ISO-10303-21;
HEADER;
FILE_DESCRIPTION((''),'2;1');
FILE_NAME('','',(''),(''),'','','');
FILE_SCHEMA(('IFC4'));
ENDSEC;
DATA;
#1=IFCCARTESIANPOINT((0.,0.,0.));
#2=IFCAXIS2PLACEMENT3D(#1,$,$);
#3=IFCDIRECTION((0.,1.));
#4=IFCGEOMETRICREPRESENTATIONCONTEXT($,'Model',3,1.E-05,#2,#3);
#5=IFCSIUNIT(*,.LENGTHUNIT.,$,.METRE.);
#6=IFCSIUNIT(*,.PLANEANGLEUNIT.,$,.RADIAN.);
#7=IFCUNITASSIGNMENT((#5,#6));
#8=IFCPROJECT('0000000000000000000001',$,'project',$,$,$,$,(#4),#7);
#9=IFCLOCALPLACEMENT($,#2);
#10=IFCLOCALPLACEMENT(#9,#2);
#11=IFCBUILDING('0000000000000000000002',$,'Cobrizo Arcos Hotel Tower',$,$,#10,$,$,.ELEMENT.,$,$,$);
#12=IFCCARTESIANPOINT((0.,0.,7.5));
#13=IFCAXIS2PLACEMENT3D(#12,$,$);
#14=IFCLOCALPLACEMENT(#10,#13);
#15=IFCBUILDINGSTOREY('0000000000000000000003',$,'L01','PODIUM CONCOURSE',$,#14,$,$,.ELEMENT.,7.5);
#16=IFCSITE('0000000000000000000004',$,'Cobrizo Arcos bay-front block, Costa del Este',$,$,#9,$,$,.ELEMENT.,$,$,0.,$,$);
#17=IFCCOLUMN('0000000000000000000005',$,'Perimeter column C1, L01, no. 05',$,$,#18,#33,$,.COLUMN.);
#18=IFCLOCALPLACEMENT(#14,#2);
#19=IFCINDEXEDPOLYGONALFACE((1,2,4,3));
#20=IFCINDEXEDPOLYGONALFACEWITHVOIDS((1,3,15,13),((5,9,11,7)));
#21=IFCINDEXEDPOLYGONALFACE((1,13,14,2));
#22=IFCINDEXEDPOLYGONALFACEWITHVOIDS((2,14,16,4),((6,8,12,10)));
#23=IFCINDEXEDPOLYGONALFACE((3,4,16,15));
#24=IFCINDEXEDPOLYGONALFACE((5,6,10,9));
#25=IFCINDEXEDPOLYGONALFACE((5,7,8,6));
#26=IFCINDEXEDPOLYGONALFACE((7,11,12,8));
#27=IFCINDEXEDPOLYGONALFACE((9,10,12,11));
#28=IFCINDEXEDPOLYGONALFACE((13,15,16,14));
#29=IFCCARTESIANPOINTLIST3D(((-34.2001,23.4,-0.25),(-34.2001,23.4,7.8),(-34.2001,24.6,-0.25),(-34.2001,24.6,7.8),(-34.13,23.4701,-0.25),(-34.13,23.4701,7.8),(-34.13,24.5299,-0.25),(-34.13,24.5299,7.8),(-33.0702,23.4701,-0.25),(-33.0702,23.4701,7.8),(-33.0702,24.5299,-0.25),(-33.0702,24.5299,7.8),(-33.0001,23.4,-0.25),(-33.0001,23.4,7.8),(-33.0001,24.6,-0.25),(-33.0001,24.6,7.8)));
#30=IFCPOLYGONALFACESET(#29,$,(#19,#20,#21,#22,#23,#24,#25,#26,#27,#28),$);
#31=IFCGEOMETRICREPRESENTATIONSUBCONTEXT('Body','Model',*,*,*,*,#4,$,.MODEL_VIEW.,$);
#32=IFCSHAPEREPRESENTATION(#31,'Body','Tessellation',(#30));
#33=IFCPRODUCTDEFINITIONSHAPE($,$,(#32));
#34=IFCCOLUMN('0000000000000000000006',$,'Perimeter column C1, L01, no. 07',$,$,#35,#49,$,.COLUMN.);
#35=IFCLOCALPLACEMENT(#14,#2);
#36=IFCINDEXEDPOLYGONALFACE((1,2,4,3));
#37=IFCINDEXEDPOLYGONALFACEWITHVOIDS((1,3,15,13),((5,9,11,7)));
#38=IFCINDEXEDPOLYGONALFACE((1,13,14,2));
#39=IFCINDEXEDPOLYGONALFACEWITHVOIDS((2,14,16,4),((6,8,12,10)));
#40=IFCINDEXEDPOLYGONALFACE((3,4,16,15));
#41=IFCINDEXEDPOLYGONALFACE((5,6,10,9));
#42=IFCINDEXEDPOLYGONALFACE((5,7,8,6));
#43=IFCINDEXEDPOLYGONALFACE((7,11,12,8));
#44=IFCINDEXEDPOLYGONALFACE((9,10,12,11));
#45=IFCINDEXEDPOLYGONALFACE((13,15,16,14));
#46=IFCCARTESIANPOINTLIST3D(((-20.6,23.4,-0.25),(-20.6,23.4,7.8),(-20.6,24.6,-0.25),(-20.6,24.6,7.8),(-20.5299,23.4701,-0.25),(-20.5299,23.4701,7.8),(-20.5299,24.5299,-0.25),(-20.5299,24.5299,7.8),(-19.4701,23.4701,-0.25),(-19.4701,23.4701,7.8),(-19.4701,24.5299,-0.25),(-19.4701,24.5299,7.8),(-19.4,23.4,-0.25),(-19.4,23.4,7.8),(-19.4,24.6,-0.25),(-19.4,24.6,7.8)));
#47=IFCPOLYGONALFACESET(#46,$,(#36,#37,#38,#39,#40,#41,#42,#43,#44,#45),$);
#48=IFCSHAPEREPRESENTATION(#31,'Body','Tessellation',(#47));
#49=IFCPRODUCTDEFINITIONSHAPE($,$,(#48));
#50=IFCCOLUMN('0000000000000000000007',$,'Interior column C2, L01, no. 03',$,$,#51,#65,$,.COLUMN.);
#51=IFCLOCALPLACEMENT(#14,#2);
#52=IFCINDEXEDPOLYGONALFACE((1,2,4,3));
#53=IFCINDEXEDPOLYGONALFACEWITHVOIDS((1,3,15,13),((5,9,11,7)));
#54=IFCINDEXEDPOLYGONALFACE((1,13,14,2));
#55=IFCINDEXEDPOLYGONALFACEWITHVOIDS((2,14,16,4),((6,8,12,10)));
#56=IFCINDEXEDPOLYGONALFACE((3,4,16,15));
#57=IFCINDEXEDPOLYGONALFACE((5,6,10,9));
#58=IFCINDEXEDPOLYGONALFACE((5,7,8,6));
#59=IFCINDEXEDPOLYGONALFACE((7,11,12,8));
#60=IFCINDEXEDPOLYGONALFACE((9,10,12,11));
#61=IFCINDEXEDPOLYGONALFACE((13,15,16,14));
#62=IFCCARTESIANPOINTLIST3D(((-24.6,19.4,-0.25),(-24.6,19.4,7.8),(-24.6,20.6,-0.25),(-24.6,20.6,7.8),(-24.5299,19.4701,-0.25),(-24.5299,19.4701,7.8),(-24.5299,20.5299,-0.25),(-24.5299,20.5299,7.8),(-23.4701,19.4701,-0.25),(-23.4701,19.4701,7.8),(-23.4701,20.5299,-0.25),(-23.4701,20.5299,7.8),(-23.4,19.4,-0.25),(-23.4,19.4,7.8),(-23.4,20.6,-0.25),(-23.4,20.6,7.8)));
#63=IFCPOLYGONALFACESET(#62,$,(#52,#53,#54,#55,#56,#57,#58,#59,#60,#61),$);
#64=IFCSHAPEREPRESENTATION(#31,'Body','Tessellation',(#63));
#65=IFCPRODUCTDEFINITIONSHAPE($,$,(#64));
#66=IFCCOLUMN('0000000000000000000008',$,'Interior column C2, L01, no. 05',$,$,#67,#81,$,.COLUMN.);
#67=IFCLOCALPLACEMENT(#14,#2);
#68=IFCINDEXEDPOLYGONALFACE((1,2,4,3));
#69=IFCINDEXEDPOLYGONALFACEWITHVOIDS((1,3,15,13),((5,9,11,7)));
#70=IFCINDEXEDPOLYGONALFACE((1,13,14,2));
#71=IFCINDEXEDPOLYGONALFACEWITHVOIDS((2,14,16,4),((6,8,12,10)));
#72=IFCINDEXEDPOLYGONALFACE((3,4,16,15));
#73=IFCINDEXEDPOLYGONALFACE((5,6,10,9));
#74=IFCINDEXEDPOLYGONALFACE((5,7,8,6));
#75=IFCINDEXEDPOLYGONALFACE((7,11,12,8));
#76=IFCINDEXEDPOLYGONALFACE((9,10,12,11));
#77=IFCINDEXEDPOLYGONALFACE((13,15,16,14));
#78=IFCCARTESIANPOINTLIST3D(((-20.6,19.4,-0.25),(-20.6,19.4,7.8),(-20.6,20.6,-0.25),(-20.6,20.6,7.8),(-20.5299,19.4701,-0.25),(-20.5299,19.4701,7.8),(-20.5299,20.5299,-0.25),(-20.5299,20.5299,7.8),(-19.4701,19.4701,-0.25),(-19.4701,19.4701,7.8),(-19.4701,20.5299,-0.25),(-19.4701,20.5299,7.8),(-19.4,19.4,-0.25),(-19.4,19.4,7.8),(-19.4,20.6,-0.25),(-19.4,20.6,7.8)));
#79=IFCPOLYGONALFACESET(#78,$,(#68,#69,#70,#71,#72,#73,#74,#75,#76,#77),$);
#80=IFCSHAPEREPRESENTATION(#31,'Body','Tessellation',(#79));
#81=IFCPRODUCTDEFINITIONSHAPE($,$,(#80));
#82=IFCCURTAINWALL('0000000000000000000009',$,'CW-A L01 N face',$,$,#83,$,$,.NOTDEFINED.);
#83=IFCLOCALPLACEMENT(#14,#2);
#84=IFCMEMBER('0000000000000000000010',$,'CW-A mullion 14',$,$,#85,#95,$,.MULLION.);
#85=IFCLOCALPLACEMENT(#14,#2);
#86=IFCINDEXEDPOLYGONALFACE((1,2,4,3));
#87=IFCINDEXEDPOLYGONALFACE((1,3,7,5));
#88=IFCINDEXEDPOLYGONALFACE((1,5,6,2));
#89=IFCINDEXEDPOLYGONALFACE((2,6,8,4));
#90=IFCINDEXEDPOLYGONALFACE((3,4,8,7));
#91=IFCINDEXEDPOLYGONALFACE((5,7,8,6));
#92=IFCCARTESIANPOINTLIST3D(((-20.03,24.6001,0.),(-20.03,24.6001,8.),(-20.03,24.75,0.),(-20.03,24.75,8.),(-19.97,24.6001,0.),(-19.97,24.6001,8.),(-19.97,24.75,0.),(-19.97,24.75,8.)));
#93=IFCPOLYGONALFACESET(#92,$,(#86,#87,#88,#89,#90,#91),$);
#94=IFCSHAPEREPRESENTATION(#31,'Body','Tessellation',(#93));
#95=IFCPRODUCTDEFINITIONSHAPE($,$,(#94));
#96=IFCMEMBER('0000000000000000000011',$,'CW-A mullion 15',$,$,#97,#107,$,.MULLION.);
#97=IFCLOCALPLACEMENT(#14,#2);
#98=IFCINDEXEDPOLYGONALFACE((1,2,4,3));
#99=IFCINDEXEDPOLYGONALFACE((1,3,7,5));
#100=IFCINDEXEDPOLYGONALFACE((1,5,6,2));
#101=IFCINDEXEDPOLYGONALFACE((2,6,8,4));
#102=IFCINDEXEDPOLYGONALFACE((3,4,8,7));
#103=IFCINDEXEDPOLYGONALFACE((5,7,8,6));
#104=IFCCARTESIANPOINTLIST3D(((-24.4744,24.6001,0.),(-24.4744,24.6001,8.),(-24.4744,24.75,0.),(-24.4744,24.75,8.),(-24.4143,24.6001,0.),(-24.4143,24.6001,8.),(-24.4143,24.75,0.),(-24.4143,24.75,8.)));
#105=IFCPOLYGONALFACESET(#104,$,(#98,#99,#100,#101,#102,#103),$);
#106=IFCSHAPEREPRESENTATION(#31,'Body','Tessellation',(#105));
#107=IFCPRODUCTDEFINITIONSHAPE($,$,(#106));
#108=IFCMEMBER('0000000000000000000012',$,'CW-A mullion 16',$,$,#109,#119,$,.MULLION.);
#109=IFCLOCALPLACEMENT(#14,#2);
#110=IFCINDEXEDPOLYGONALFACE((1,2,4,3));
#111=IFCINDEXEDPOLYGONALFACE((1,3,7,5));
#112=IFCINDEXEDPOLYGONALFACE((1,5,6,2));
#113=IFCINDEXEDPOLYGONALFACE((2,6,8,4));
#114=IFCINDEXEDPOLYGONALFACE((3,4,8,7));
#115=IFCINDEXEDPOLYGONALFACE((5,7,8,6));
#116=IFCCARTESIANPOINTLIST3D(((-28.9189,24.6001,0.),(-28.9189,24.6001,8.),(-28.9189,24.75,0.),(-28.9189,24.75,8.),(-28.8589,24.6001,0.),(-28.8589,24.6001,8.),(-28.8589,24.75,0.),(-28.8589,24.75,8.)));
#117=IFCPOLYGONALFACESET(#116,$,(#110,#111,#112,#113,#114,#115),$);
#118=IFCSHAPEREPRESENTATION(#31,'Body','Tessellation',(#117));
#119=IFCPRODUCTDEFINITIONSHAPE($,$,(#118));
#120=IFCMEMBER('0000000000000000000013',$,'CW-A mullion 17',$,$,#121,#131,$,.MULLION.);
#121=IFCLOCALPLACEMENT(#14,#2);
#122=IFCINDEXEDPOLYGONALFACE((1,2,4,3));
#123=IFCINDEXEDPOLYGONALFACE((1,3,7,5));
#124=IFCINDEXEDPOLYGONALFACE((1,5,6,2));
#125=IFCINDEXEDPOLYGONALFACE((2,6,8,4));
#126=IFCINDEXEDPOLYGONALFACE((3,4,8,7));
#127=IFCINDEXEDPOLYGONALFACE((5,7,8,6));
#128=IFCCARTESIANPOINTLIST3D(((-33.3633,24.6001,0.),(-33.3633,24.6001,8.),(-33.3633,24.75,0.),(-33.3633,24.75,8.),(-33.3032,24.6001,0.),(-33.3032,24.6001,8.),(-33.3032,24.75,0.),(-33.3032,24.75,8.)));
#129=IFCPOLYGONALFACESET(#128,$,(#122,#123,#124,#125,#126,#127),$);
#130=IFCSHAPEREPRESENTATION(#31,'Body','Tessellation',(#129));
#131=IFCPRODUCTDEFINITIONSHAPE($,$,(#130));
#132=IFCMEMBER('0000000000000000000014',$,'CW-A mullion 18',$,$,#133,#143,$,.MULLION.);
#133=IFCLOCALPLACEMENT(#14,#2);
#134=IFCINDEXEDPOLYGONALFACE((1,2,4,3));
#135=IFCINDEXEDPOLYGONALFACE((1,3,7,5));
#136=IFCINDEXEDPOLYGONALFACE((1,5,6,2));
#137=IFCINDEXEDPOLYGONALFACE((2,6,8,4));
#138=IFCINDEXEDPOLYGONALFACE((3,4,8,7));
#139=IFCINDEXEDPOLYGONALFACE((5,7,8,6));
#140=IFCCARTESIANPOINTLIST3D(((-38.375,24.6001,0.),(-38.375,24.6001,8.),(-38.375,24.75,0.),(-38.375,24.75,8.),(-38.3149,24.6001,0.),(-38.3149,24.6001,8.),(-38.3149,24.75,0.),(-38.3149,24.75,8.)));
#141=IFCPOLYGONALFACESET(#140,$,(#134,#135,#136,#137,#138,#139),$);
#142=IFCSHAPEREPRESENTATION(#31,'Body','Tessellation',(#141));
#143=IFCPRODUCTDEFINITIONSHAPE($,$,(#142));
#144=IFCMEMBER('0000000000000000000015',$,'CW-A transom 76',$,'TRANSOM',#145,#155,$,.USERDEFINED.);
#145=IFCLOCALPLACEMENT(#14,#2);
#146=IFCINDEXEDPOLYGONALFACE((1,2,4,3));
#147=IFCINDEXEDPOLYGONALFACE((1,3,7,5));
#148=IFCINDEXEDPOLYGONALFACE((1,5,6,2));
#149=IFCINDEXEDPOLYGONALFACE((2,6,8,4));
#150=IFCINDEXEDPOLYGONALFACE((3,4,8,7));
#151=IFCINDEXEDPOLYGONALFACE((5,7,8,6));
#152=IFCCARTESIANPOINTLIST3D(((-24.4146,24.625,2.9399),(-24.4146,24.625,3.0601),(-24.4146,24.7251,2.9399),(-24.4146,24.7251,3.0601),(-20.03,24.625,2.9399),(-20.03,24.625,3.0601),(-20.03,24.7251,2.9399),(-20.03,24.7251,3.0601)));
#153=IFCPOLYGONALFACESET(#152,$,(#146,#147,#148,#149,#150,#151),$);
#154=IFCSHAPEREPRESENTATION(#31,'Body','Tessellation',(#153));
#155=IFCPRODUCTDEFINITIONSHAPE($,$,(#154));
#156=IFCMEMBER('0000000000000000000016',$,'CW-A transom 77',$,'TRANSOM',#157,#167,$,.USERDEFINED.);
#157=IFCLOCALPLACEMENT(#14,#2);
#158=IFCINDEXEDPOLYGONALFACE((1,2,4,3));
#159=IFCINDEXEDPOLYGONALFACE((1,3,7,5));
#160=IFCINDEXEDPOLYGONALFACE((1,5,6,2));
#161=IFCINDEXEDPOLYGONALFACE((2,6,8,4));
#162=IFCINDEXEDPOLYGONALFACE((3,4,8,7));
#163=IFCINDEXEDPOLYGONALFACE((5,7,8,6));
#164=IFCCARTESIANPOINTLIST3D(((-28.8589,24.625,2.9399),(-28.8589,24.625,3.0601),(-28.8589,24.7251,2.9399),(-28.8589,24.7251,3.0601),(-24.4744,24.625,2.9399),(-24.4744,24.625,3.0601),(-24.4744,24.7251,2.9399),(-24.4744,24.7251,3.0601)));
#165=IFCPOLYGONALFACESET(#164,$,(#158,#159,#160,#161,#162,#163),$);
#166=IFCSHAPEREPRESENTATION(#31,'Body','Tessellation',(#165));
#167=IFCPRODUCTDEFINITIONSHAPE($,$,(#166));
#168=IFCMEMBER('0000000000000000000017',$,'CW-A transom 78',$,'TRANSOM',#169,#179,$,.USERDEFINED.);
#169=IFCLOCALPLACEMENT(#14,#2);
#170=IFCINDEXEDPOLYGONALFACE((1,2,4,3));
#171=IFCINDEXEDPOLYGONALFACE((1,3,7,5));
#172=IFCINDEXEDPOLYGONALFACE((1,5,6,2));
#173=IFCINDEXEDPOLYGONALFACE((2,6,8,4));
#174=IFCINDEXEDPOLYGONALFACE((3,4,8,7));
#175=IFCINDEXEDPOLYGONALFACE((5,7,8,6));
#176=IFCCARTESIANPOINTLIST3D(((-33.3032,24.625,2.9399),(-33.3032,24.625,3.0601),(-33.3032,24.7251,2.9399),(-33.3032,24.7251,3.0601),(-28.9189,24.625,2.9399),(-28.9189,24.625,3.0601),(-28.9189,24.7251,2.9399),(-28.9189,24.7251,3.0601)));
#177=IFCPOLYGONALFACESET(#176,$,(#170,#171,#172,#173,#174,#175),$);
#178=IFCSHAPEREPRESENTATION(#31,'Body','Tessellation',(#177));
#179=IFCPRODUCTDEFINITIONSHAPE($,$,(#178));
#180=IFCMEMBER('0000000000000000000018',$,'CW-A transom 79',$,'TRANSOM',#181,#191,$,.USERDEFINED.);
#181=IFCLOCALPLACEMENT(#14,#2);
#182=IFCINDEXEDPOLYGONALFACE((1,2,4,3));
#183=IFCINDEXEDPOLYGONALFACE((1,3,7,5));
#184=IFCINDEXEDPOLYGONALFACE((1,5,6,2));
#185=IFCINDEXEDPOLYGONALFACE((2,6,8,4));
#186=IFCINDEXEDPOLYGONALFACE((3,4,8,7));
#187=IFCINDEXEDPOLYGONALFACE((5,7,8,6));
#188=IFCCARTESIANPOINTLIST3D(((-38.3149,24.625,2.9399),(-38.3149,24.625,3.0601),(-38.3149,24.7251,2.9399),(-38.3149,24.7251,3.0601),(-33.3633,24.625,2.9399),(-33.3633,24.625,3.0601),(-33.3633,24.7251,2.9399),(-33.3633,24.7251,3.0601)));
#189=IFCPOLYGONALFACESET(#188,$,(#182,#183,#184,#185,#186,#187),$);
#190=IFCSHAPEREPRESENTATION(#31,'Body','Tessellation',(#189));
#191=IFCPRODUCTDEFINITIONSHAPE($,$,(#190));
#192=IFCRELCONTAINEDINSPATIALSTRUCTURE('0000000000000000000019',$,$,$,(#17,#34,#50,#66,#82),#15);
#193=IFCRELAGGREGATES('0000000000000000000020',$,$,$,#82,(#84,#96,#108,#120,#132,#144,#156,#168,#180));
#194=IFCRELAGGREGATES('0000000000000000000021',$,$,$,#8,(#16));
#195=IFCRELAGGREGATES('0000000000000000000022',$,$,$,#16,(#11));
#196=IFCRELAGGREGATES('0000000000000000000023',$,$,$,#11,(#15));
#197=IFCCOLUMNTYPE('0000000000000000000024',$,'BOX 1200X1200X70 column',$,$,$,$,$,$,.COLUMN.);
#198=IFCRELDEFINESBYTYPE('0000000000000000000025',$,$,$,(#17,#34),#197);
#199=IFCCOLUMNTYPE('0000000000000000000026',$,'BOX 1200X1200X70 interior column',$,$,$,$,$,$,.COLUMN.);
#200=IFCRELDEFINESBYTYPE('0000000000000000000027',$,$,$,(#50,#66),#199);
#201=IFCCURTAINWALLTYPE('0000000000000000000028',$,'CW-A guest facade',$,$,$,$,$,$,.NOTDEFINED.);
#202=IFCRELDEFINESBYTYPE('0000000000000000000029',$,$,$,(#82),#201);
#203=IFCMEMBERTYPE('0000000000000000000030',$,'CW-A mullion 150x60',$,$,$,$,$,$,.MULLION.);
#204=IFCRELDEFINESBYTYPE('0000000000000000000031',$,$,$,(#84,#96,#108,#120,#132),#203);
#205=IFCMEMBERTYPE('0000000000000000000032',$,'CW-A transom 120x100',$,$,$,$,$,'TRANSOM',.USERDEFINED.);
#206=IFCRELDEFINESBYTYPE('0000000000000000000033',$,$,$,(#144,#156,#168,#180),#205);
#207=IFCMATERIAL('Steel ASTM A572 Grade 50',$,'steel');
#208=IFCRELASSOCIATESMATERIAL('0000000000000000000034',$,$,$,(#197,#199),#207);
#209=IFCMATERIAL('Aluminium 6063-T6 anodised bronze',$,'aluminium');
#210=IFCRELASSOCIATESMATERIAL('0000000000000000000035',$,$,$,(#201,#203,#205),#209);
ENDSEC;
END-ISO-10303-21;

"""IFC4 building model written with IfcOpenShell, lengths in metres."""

from ifc_helpers import new_model, si_unit, direction, frame, origin, origin_2d, place, context, subcontext, project, spatial, rectangle, hollow_rectangle, extrude, material, material_profile, profile_set, type_object, element, aggregate, save


model = new_model("IFC4")

# Units and contexts
model_context = context("Model", 3, precision=1e-05, world=origin(), true_north=direction((0.0, 1.0)))
body_context = subcontext(model_context, "Body", "Model", "MODEL_VIEW")
ifc_project = project(units=[si_unit("LENGTHUNIT", "METRE"), si_unit("PLANEANGLEUNIT", "RADIAN")], contexts=[model_context])

# Site, building, storey
site_placement = place(None, origin())
site = spatial("IfcSite", under=ifc_project, at=site_placement, Name="Cobrizo Arcos bay-front block, Costa del Este", CompositionType="ELEMENT", RefElevation=0.0)
building_placement = place(site_placement, origin())
building = spatial("IfcBuilding", under=site, at=building_placement, Name="Cobrizo Arcos Hotel Tower", CompositionType="ELEMENT")
storey_placement = place(building_placement, frame((0.0, 0.0, 7.5)))
storey = spatial("IfcBuildingStorey", under=building, at=storey_placement, Name="L01", Description="PODIUM CONCOURSE", CompositionType="ELEMENT", Elevation=7.5)

# Columns
ifc_material_1 = material(Name="Steel ASTM A572 Grade 50", Category="steel")
ifc_material_profile_1 = material_profile(ifc_material_1, hollow_rectangle(XDim=1.2, YDim=1.2, WallThickness=0.0701, at=origin_2d()), Name="BOX 1200X1200X70")
ifc_profile_set_1 = profile_set([ifc_material_profile_1], Name="Steel ASTM A572 Grade 50")
column_type_1 = type_object("IfcColumnType", Name="BOX 1200X1200X70 column", PredefinedType="COLUMN", material=ifc_profile_set_1)
for number, where, z_axis, x_axis, name in (
    (1, (-33.6001, 24.0, -0.25), (0.0, 0.0, 1.0), (1.0, 0.0, 0.0), "Perimeter column C1, L01, no. 05"),
    (2, (-20.0, 24.0, -0.25), (0.0, 0.0, 1.0), (1.0, 0.0, 0.0), "Perimeter column C1, L01, no. 07"),
):
    element("IfcColumn", number, at=place(storey_placement, frame(where, z_axis=z_axis, x_axis=x_axis)), inside=storey, type_object=column_type_1, Name=name, PredefinedType="COLUMN", context=body_context, shape_type="SweptSolid", body=[
        extrude(hollow_rectangle(XDim=1.2, YDim=1.2, WallThickness=0.0701, at=origin_2d()), origin(), (0.0, 0.0, 1.0), 8.05),
    ])
ifc_material_profile_2 = material_profile(ifc_material_1, hollow_rectangle(XDim=1.2, YDim=1.2, WallThickness=0.0701, at=origin_2d()), Name="BOX 1200X1200X70")
ifc_profile_set_2 = profile_set([ifc_material_profile_2], Name="Steel ASTM A572 Grade 50")
column_type_2 = type_object("IfcColumnType", Name="BOX 1200X1200X70 interior column", PredefinedType="COLUMN", material=ifc_profile_set_2)
for number, where, z_axis, x_axis, name in (
    (3, (-24.0, 20.0, -0.25), (0.0, 0.0, 1.0), (1.0, 0.0, 0.0), "Interior column C2, L01, no. 03"),
    (4, (-20.0, 20.0, -0.25), (0.0, 0.0, 1.0), (1.0, 0.0, 0.0), "Interior column C2, L01, no. 05"),
):
    element("IfcColumn", number, at=place(storey_placement, frame(where, z_axis=z_axis, x_axis=x_axis)), inside=storey, type_object=column_type_2, Name=name, PredefinedType="COLUMN", context=body_context, shape_type="SweptSolid", body=[
        extrude(hollow_rectangle(XDim=1.2, YDim=1.2, WallThickness=0.0701, at=origin_2d()), origin(), (0.0, 0.0, 1.0), 8.05),
    ])

# Curtain wall, members
ifc_material_2 = material(Name="Aluminium 6063-T6 anodised bronze", Category="aluminium")
curtain_wall_type_1 = type_object("IfcCurtainWallType", Name="CW-A guest facade", PredefinedType="NOTDEFINED", material=ifc_material_2)
curtain_wall_1_placement = place(storey_placement, origin())
curtain_wall_1 = element("IfcCurtainWall", 5, at=curtain_wall_1_placement, inside=storey, type_object=curtain_wall_type_1, Name="CW-A L01 N face", PredefinedType="NOTDEFINED")
ifc_material_profile_3 = material_profile(ifc_material_2, rectangle(XDim=0.1499, YDim=0.0601, at=origin_2d()), Name="CW-A mullion 150x60")
ifc_profile_set_3 = profile_set([ifc_material_profile_3], Name="Aluminium 6063-T6 anodised bronze")
member_type_1 = type_object("IfcMemberType", Name="CW-A mullion 150x60", PredefinedType="MULLION", material=ifc_profile_set_3)
member_1_placement = place(storey_placement, frame((-20.0, 24.675, 0.0), z_axis=(0.0, 0.0, 1.0), x_axis=(0.0, 1.0, 0.0)))
member_1 = element("IfcMember", 6, at=member_1_placement, type_object=member_type_1, Name="CW-A mullion 14", PredefinedType="MULLION", context=body_context, shape_type="SweptSolid", body=[
    extrude(rectangle(XDim=0.1499, YDim=0.0601, at=origin_2d()), origin(), (0.0, 0.0, 1.0), 8.0),
])
member_2_placement = place(storey_placement, frame((-24.4443, 24.675, 0.0), z_axis=(0.0, 0.0, 1.0), x_axis=(0.0, 1.0, 0.0)))
member_2 = element("IfcMember", 7, at=member_2_placement, type_object=member_type_1, Name="CW-A mullion 15", PredefinedType="MULLION", context=body_context, shape_type="SweptSolid", body=[
    extrude(rectangle(XDim=0.1499, YDim=0.0601, at=origin_2d()), origin(), (0.0, 0.0, 1.0), 8.0),
])
member_3_placement = place(storey_placement, frame((-28.8889, 24.675, 0.0), z_axis=(0.0, 0.0, 1.0), x_axis=(0.0, 1.0, 0.0)))
member_3 = element("IfcMember", 8, at=member_3_placement, type_object=member_type_1, Name="CW-A mullion 16", PredefinedType="MULLION", context=body_context, shape_type="SweptSolid", body=[
    extrude(rectangle(XDim=0.1499, YDim=0.0601, at=origin_2d()), origin(), (0.0, 0.0, 1.0), 8.0),
])
member_4_placement = place(storey_placement, frame((-33.3333, 24.675, 0.0), z_axis=(0.0, 0.0, 1.0), x_axis=(0.0, 1.0, 0.0)))
member_4 = element("IfcMember", 9, at=member_4_placement, type_object=member_type_1, Name="CW-A mullion 17", PredefinedType="MULLION", context=body_context, shape_type="SweptSolid", body=[
    extrude(rectangle(XDim=0.1499, YDim=0.0601, at=origin_2d()), origin(), (0.0, 0.0, 1.0), 8.0),
])
member_5_placement = place(storey_placement, frame((-38.345, 24.675, 0.0), z_axis=(0.0, 0.0, 1.0), x_axis=(0.0, 1.0, 0.0)))
member_5 = element("IfcMember", 10, at=member_5_placement, type_object=member_type_1, Name="CW-A mullion 18", PredefinedType="MULLION", context=body_context, shape_type="SweptSolid", body=[
    extrude(rectangle(XDim=0.1499, YDim=0.0601, at=origin_2d()), origin(), (0.0, 0.0, 1.0), 8.0),
])
ifc_material_profile_4 = material_profile(ifc_material_2, rectangle(XDim=0.1001, YDim=0.1201, at=origin_2d()), Name="CW-A transom 120x100")
ifc_profile_set_4 = profile_set([ifc_material_profile_4], Name="Aluminium 6063-T6 anodised bronze")
member_type_2 = type_object("IfcMemberType", Name="CW-A transom 120x100", ElementType="TRANSOM", PredefinedType="USERDEFINED", material=ifc_profile_set_4)
member_6_placement = place(storey_placement, frame((-20.03, 24.675, 3.0), z_axis=(-1.0, 0.0, 0.0), x_axis=(0.0, -1.0, 0.0)))
member_6 = element("IfcMember", 11, at=member_6_placement, type_object=member_type_2, Name="CW-A transom 76", ObjectType="TRANSOM", PredefinedType="USERDEFINED", context=body_context, shape_type="SweptSolid", body=[
    extrude(rectangle(XDim=0.1001, YDim=0.1201, at=origin_2d()), origin(), (0.0, 0.0, 1.0), 4.3845),
])
member_7_placement = place(storey_placement, frame((-24.4744, 24.675, 3.0), z_axis=(-1.0, 0.0, 0.0), x_axis=(0.0, -1.0, 0.0)))
member_7 = element("IfcMember", 12, at=member_7_placement, type_object=member_type_2, Name="CW-A transom 77", ObjectType="TRANSOM", PredefinedType="USERDEFINED", context=body_context, shape_type="SweptSolid", body=[
    extrude(rectangle(XDim=0.1001, YDim=0.1201, at=origin_2d()), origin(), (0.0, 0.0, 1.0), 4.3845),
])
member_8_placement = place(storey_placement, frame((-28.9189, 24.675, 3.0), z_axis=(-1.0, 0.0, 0.0), x_axis=(0.0, -1.0, 0.0)))
member_8 = element("IfcMember", 13, at=member_8_placement, type_object=member_type_2, Name="CW-A transom 78", ObjectType="TRANSOM", PredefinedType="USERDEFINED", context=body_context, shape_type="SweptSolid", body=[
    extrude(rectangle(XDim=0.1001, YDim=0.1201, at=origin_2d()), origin(), (0.0, 0.0, 1.0), 4.3843),
])
member_9_placement = place(storey_placement, frame((-33.3633, 24.675, 3.0), z_axis=(-1.0, 0.0, 0.0), x_axis=(0.0, -1.0, 0.0)))
member_9 = element("IfcMember", 14, at=member_9_placement, type_object=member_type_2, Name="CW-A transom 79", ObjectType="TRANSOM", PredefinedType="USERDEFINED", context=body_context, shape_type="SweptSolid", body=[
    extrude(rectangle(XDim=0.1001, YDim=0.1201, at=origin_2d()), origin(), (0.0, 0.0, 1.0), 4.9517),
])

aggregate(curtain_wall_1, [member_1, member_2, member_3, member_4, member_5, member_6, member_7, member_8, member_9])

save(model, "model.ifc")
